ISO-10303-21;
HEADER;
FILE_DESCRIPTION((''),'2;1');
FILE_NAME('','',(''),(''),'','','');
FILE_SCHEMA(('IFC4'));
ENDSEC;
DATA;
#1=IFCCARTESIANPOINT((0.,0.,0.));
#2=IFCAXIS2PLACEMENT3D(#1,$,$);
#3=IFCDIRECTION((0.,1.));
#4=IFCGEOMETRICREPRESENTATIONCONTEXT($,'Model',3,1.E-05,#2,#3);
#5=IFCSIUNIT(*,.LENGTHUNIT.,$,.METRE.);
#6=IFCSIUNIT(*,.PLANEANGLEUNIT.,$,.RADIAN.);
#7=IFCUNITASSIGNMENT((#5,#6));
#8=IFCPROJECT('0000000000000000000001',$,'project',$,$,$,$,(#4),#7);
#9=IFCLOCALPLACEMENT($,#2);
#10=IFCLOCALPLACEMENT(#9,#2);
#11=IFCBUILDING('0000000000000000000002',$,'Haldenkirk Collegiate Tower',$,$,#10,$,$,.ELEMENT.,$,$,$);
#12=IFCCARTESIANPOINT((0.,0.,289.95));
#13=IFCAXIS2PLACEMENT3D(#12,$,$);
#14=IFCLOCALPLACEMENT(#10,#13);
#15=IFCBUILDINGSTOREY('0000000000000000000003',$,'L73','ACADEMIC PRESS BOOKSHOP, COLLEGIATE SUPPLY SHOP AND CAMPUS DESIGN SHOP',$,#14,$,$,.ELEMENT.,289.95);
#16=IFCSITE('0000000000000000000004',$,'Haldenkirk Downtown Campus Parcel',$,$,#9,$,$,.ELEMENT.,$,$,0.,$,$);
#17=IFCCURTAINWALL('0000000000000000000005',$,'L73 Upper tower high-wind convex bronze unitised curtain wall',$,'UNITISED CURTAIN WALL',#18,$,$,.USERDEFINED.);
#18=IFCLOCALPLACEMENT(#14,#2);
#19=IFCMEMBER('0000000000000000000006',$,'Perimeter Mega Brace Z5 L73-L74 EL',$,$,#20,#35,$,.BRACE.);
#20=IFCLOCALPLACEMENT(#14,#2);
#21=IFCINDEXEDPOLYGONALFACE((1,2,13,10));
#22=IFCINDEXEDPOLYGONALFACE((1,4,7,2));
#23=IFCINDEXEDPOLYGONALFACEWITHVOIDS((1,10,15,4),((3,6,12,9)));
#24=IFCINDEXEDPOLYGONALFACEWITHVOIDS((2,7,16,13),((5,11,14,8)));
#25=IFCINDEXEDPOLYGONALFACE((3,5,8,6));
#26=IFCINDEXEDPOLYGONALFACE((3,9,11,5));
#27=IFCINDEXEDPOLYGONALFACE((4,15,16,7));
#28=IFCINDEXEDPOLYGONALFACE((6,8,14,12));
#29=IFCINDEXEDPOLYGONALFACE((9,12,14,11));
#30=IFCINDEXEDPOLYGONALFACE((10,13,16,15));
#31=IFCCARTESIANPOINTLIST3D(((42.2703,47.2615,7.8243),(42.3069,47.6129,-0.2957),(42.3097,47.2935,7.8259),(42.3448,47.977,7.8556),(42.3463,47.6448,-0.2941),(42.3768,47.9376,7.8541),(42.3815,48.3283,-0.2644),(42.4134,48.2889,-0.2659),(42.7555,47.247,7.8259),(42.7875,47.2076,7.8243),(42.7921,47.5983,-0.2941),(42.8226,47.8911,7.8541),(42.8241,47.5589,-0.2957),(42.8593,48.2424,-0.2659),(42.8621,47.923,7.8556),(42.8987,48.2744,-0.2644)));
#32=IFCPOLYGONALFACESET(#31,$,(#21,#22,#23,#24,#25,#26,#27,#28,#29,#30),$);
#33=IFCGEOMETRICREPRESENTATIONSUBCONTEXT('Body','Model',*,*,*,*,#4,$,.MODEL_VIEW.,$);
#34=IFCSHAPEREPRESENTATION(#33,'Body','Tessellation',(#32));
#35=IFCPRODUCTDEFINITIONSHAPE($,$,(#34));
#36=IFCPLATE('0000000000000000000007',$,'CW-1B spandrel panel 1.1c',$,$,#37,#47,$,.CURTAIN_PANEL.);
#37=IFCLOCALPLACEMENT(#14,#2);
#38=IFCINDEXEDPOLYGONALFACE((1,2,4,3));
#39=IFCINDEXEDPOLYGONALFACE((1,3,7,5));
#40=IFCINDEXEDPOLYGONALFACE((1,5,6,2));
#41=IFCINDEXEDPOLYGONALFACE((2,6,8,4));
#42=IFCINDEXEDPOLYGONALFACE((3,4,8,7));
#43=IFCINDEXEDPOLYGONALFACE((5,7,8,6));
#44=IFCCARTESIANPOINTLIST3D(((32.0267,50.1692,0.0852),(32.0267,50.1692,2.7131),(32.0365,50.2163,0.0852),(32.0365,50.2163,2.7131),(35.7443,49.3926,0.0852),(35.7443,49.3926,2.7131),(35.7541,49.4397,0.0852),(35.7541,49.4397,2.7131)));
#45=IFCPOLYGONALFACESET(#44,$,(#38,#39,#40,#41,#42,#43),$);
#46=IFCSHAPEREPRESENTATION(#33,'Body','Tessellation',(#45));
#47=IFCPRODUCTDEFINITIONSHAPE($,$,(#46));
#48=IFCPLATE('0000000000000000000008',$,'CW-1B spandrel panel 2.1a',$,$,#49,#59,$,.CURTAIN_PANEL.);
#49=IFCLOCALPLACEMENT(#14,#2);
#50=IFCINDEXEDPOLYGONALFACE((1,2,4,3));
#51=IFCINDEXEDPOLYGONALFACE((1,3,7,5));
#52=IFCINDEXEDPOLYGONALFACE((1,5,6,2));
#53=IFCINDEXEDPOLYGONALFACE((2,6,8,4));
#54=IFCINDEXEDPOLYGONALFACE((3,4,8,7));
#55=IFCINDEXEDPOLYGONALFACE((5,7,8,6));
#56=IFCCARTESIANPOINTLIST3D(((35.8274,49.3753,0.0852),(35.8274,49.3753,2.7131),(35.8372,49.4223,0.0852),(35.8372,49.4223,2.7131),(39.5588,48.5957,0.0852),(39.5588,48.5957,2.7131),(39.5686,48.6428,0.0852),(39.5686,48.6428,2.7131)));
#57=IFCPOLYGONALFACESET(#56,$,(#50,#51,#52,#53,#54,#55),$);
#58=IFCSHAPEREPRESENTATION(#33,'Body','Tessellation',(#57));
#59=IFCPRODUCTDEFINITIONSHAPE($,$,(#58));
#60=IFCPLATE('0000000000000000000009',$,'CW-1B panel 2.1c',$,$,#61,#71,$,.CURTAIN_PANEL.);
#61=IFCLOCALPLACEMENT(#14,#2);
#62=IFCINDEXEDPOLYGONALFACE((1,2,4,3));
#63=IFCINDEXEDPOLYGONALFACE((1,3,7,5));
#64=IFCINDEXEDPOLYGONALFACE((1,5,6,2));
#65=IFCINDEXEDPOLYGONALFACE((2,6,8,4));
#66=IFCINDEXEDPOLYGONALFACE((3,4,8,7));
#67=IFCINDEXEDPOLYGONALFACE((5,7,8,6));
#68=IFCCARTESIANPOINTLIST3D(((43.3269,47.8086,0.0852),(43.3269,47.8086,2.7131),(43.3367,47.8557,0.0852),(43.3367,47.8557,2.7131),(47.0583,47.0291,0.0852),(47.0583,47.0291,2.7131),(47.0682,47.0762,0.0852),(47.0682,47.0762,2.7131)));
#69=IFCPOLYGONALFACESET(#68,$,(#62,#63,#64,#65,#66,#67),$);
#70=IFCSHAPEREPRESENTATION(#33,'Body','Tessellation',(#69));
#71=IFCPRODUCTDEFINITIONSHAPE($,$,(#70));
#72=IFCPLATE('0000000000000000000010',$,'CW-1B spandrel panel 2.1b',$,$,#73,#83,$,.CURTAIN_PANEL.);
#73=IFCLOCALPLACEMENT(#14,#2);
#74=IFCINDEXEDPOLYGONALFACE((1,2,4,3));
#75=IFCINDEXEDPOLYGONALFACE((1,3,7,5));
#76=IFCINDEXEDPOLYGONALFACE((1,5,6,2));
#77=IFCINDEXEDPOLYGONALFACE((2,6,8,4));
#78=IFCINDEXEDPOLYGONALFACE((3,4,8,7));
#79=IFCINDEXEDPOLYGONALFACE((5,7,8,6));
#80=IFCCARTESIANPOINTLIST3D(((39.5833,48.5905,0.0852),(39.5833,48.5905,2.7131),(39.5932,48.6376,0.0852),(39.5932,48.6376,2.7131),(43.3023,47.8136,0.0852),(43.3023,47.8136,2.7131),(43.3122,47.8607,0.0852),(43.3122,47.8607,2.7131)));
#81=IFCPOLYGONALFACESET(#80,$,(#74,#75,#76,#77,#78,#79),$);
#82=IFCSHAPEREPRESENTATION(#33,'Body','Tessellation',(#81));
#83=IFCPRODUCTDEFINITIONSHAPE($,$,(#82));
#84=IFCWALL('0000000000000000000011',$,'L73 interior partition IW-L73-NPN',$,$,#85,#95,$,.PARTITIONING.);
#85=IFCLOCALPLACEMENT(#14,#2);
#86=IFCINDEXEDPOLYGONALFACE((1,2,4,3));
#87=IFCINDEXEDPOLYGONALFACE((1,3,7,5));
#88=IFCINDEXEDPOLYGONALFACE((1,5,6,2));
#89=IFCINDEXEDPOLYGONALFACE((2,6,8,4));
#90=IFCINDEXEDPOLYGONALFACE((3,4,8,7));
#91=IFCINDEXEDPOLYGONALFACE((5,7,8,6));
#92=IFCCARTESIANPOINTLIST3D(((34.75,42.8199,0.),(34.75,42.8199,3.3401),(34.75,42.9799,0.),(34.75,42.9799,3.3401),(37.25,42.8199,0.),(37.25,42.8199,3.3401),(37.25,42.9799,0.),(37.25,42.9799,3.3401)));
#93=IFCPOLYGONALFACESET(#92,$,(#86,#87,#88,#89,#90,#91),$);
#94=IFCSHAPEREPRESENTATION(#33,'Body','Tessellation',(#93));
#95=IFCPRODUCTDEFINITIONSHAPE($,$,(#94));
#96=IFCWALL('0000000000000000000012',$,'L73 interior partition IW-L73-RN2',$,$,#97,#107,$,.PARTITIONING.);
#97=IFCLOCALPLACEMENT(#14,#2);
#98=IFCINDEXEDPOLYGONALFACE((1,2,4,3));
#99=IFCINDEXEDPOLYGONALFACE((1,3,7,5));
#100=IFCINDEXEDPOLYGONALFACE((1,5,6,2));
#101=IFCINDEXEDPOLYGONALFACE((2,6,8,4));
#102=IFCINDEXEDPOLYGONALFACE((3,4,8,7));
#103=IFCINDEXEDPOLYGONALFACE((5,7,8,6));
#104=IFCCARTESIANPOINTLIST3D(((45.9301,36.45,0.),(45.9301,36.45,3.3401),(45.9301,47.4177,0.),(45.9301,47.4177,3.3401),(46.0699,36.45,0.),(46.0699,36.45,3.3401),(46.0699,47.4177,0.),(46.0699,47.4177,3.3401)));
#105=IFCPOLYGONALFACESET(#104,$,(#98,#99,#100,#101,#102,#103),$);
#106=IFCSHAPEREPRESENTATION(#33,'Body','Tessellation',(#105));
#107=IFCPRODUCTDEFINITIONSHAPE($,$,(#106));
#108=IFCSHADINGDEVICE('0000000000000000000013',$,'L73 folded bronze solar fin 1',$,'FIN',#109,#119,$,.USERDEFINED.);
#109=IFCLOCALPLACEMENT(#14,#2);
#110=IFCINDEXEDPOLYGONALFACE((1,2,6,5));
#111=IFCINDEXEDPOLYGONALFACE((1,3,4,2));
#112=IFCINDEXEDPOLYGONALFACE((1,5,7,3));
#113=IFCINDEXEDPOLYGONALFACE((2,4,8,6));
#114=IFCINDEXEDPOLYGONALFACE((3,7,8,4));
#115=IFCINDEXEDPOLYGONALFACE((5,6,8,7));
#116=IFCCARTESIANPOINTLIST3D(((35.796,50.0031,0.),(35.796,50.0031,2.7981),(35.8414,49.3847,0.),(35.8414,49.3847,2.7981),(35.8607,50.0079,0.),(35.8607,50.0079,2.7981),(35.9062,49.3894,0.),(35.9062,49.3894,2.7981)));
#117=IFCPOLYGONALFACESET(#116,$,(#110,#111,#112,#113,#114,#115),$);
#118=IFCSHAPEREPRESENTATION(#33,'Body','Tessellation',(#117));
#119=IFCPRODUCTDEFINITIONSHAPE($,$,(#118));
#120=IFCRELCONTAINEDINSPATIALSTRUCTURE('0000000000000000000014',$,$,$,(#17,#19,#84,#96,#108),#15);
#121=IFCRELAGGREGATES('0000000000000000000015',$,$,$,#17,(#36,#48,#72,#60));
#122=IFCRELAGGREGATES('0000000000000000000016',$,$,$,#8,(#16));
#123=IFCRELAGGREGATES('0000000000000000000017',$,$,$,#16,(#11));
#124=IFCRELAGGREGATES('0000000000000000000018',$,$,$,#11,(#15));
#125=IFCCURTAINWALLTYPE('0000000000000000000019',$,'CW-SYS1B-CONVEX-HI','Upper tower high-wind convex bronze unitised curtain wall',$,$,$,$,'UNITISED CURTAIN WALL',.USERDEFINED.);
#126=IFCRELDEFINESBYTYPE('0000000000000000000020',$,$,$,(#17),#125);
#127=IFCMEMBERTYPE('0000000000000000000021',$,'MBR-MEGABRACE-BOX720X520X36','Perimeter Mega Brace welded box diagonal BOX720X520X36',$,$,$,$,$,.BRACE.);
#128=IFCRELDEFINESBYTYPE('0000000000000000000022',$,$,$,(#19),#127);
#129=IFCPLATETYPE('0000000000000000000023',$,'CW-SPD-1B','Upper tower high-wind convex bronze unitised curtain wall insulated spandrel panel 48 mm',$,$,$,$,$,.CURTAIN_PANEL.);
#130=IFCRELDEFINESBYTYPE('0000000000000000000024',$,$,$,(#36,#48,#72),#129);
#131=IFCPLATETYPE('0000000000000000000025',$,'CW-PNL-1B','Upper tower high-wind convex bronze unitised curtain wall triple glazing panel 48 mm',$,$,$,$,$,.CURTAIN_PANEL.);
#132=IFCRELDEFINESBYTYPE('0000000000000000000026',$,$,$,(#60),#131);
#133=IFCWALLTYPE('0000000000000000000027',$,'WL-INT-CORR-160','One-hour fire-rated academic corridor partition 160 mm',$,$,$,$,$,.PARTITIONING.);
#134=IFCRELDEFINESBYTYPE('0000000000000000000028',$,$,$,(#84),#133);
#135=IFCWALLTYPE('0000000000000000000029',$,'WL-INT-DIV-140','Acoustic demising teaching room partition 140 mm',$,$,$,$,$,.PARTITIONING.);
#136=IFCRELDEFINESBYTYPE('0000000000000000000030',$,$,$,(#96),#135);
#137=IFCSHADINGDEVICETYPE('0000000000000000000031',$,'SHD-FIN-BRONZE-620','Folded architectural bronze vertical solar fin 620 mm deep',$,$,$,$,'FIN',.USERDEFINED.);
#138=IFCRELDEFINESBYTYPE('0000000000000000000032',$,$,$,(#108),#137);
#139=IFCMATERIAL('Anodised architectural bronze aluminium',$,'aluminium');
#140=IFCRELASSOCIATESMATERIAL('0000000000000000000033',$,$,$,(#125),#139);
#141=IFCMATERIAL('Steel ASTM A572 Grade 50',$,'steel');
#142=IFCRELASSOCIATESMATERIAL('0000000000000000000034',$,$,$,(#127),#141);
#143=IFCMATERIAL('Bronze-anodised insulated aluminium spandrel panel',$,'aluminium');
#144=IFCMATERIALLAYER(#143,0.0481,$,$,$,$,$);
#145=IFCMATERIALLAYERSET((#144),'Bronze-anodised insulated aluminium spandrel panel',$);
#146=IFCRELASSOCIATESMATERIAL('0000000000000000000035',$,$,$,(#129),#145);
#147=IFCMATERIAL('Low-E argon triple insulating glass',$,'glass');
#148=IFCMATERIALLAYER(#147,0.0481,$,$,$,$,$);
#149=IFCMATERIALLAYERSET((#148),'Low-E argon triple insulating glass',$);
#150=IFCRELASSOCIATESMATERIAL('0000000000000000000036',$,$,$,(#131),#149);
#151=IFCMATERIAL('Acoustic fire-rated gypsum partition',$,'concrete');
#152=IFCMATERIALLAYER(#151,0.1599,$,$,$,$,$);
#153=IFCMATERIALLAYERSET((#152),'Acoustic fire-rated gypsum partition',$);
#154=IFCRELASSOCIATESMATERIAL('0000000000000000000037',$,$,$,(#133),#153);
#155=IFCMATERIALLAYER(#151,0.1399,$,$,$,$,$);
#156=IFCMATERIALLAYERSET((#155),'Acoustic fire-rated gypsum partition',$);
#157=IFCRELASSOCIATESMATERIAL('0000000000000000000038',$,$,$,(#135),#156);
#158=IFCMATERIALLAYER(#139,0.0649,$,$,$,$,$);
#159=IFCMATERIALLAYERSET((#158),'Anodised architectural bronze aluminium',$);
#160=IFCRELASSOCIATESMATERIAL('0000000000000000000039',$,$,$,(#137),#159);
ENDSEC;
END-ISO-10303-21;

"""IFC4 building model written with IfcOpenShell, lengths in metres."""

from ifc_helpers import new_model, si_unit, direction, frame, frame_2d, origin, origin_2d, place, context, subcontext, project, spatial, rectangle, hollow_rectangle, extrude, source, transform, mapped, material, layer, layer_set, material_profile, profile_set, type_object, element, aggregate, save


model = new_model("IFC4")

# Units and contexts
model_context = context("Model", 3, precision=1e-05, world=origin(), true_north=direction((0.0, 1.0)))
body_context = subcontext(model_context, "Body", "Model", "MODEL_VIEW")
ifc_project = project(units=[si_unit("LENGTHUNIT", "METRE"), si_unit("PLANEANGLEUNIT", "RADIAN")], contexts=[model_context])

# Site, building, storey
site_placement = place(None, origin())
site = spatial("IfcSite", under=ifc_project, at=site_placement, Name="Haldenkirk Downtown Campus Parcel", CompositionType="ELEMENT", RefElevation=0.0)
building_placement = place(site_placement, origin())
building = spatial("IfcBuilding", under=site, at=building_placement, Name="Haldenkirk Collegiate Tower", CompositionType="ELEMENT")
storey_placement = place(building_placement, frame((0.0, 0.0, 289.95)))
storey = spatial("IfcBuildingStorey", under=building, at=storey_placement, Name="L73", Description="ACADEMIC PRESS BOOKSHOP, COLLEGIATE SUPPLY SHOP AND CAMPUS DESIGN SHOP", CompositionType="ELEMENT", Elevation=289.95)

# Curtain wall
ifc_material_1 = material(Name="Anodised architectural bronze aluminium", Category="aluminium")
curtain_wall_type = type_object("IfcCurtainWallType", Name="CW-SYS1B-CONVEX-HI", Description="Upper tower high-wind convex bronze unitised curtain wall", ElementType="UNITISED CURTAIN WALL", PredefinedType="USERDEFINED", material=ifc_material_1)
curtain_wall_placement = place(storey_placement, origin())
curtain_wall = element("IfcCurtainWall", 1, at=curtain_wall_placement, inside=storey, type_object=curtain_wall_type, Name="L73 Upper tower high-wind convex bronze unitised curtain wall", ObjectType="UNITISED CURTAIN WALL", PredefinedType="USERDEFINED")

# Member
ifc_material_2 = material(Name="Steel ASTM A572 Grade 50", Category="steel")
ifc_material_profile_1 = material_profile(ifc_material_2, hollow_rectangle(XDim=0.52, YDim=0.72, WallThickness=0.0359, at=origin_2d()), Name="BOX720X520X36")
ifc_profile_set_1 = profile_set([ifc_material_profile_1], Name="Steel ASTM A572 Grade 50")
member_type_1 = type_object("IfcMemberType", Name="MBR-MEGABRACE-BOX720X520X36", Description="Perimeter Mega Brace welded box diagonal BOX720X520X36", PredefinedType="BRACE", material=ifc_profile_set_1)
member_1_placement = place(storey_placement, frame((42.6028, 47.9436, -0.28), z_axis=(-0.004506, -0.043224, 0.999055), x_axis=(0.994611, -0.103677, 0.0)))
element("IfcMember", 2, at=member_1_placement, inside=storey, type_object=member_type_1, Name="Perimeter Mega Brace Z5 L73-L74 EL", PredefinedType="BRACE", context=body_context, shape_type="SweptSolid", body=[
    extrude(hollow_rectangle(XDim=0.52, YDim=0.72, WallThickness=0.0359, at=origin_2d()), origin(), (0.0, 0.0, 1.0), 8.1277),
])

# Plates
ifc_material_3 = material(Name="Bronze-anodised insulated aluminium spandrel panel", Category="aluminium")
ifc_layer_1 = layer(ifc_material_3, 0.0481)
ifc_layer_set_1 = layer_set([ifc_layer_1], Name="Bronze-anodised insulated aluminium spandrel panel")
plate_type_1 = type_object("IfcPlateType", Name="CW-SPD-1B", Description="Upper tower high-wind convex bronze unitised curtain wall insulated spandrel panel 48 mm", PredefinedType="CURTAIN_PANEL", material=ifc_layer_set_1)
shared_shape_1 = source(origin(), body_context, "Body", "SweptSolid", [
    extrude(rectangle(XDim=3.7979, YDim=0.0481, at=origin_2d()), origin(), (0.0, 0.0, 1.0), 2.6279),
])
plate_1_placement = place(storey_placement, frame((33.8904, 49.8044, 0.0852), z_axis=(0.0, 0.0, 1.0), x_axis=(0.978867, -0.204496, 0.0)))
plate_1 = element("IfcPlate", 3, at=plate_1_placement, type_object=plate_type_1, Name="CW-1B spandrel panel 1.1c", PredefinedType="CURTAIN_PANEL", context=body_context, shape_type="MappedRepresentation", body=[
    mapped(shared_shape_1, transform((0.0, 0.0, 0.0), x_axis=(1.0, 0.0, 0.0), y_axis=(0.0, 1.0, 0.0), z_axis=(0.0, 0.0, 1.0), scale=1.0)),
])
shared_shape_2 = source(origin(), body_context, "Body", "SweptSolid", [
    extrude(rectangle(XDim=3.812, YDim=0.0481, at=origin_2d()), origin(), (0.0, 0.0, 1.0), 2.6279),
])
plate_2_placement = place(storey_placement, frame((37.698, 49.009, 0.0852), z_axis=(0.0, 0.0, 1.0), x_axis=(0.978867, -0.204496, 0.0)))
plate_2 = element("IfcPlate", 4, at=plate_2_placement, type_object=plate_type_1, Name="CW-1B spandrel panel 2.1a", PredefinedType="CURTAIN_PANEL", context=body_context, shape_type="MappedRepresentation", body=[
    mapped(shared_shape_2, transform((0.0, 0.0, 0.0), x_axis=(1.0, 0.0, 0.0), y_axis=(0.0, 1.0, 0.0), z_axis=(0.0, 0.0, 1.0), scale=1.0)),
])
ifc_material_4 = material(Name="Low-E argon triple insulating glass", Category="glass")
ifc_layer_2 = layer(ifc_material_4, 0.0481)
ifc_layer_set_2 = layer_set([ifc_layer_2], Name="Low-E argon triple insulating glass")
plate_type_2 = type_object("IfcPlateType", Name="CW-PNL-1B", Description="Upper tower high-wind convex bronze unitised curtain wall triple glazing panel 48 mm", PredefinedType="CURTAIN_PANEL", material=ifc_layer_set_2)
plate_3_placement = place(storey_placement, frame((45.1975, 47.4424, 0.0852), z_axis=(0.0, 0.0, 1.0), x_axis=(0.978867, -0.204496, 0.0)))
plate_3 = element("IfcPlate", 5, at=plate_3_placement, type_object=plate_type_2, Name="CW-1B panel 2.1c", PredefinedType="CURTAIN_PANEL", context=body_context, shape_type="MappedRepresentation", body=[
    mapped(shared_shape_2, transform((0.0, 0.0, 0.0), x_axis=(1.0, 0.0, 0.0), y_axis=(0.0, 1.0, 0.0), z_axis=(0.0, 0.0, 1.0), scale=1.0)),
])
shared_shape_3 = source(origin(), body_context, "Body", "SweptSolid", [
    extrude(rectangle(XDim=3.7993, YDim=0.0481, at=origin_2d()), origin(), (0.0, 0.0, 1.0), 2.6279),
])
plate_4_placement = place(storey_placement, frame((41.4478, 48.2256, 0.0852), z_axis=(0.0, 0.0, 1.0), x_axis=(0.978867, -0.204496, 0.0)))
plate_4 = element("IfcPlate", 6, at=plate_4_placement, type_object=plate_type_1, Name="CW-1B spandrel panel 2.1b", PredefinedType="CURTAIN_PANEL", context=body_context, shape_type="MappedRepresentation", body=[
    mapped(shared_shape_3, transform((0.0, 0.0, 0.0), x_axis=(1.0, 0.0, 0.0), y_axis=(0.0, 1.0, 0.0), z_axis=(0.0, 0.0, 1.0), scale=1.0)),
])
aggregate(curtain_wall, [plate_1, plate_2, plate_4, plate_3])

# Walls
ifc_material_5 = material(Name="Acoustic fire-rated gypsum partition", Category="concrete")
ifc_layer_3 = layer(ifc_material_5, 0.1599)
ifc_layer_set_3 = layer_set([ifc_layer_3], Name="Acoustic fire-rated gypsum partition")
wall_type_1 = type_object("IfcWallType", Name="WL-INT-CORR-160", Description="One-hour fire-rated academic corridor partition 160 mm", PredefinedType="PARTITIONING", material=ifc_layer_set_3)
wall_1_placement = place(storey_placement, frame((34.75, 42.8999, 0.0), z_axis=(0.0, 0.0, 1.0), x_axis=(1.0, 0.0, 0.0)))
element("IfcWall", 7, at=wall_1_placement, inside=storey, type_object=wall_type_1, Name="L73 interior partition IW-L73-NPN", PredefinedType="PARTITIONING", context=body_context, shape_type="SweptSolid", body=[
    extrude(rectangle(XDim=2.5, YDim=0.1599, at=frame_2d((1.25, 0.0))), origin(), (0.0, 0.0, 1.0), 3.3401),
])
ifc_layer_4 = layer(ifc_material_5, 0.1399)
ifc_layer_set_4 = layer_set([ifc_layer_4], Name="Acoustic fire-rated gypsum partition")
wall_type_2 = type_object("IfcWallType", Name="WL-INT-DIV-140", Description="Acoustic demising teaching room partition 140 mm", PredefinedType="PARTITIONING", material=ifc_layer_set_4)
wall_2_placement = place(storey_placement, frame((46.0, 36.45, 0.0), z_axis=(0.0, 0.0, 1.0), x_axis=(0.0, 1.0, 0.0)))
element("IfcWall", 8, at=wall_2_placement, inside=storey, type_object=wall_type_2, Name="L73 interior partition IW-L73-RN2", PredefinedType="PARTITIONING", context=body_context, shape_type="SweptSolid", body=[
    extrude(rectangle(XDim=10.9678, YDim=0.1399, at=frame_2d((5.4839, 0.0))), origin(), (0.0, 0.0, 1.0), 3.3401),
])

# Shading device
ifc_layer_5 = layer(ifc_material_1, 0.0649)
ifc_layer_set_5 = layer_set([ifc_layer_5], Name="Anodised architectural bronze aluminium")
shading_device_type = type_object("IfcShadingDeviceType", Name="SHD-FIN-BRONZE-620", Description="Folded architectural bronze vertical solar fin 620 mm deep", ElementType="FIN", PredefinedType="USERDEFINED", material=ifc_layer_set_5)
shared_shape_4 = source(origin(), body_context, "Body", "SweptSolid", [
    extrude(rectangle(XDim=0.6201, YDim=0.0649, at=origin_2d()), origin(), (0.0, 0.0, 1.0), 2.7981),
])
shading_device_placement = place(storey_placement, frame((35.8511, 49.6963, 0.0), z_axis=(0.0, 0.0, 1.0), x_axis=(-0.073238, 0.997314, 0.0)))
element("IfcShadingDevice", 9, at=shading_device_placement, inside=storey, type_object=shading_device_type, Name="L73 folded bronze solar fin 1", ObjectType="FIN", PredefinedType="USERDEFINED", context=body_context, shape_type="MappedRepresentation", body=[
    mapped(shared_shape_4, transform((0.0, 0.0, 0.0), x_axis=(1.0, 0.0, 0.0), y_axis=(0.0, 1.0, 0.0), z_axis=(0.0, 0.0, 1.0), scale=1.0)),
])

save(model, "model.ifc")
